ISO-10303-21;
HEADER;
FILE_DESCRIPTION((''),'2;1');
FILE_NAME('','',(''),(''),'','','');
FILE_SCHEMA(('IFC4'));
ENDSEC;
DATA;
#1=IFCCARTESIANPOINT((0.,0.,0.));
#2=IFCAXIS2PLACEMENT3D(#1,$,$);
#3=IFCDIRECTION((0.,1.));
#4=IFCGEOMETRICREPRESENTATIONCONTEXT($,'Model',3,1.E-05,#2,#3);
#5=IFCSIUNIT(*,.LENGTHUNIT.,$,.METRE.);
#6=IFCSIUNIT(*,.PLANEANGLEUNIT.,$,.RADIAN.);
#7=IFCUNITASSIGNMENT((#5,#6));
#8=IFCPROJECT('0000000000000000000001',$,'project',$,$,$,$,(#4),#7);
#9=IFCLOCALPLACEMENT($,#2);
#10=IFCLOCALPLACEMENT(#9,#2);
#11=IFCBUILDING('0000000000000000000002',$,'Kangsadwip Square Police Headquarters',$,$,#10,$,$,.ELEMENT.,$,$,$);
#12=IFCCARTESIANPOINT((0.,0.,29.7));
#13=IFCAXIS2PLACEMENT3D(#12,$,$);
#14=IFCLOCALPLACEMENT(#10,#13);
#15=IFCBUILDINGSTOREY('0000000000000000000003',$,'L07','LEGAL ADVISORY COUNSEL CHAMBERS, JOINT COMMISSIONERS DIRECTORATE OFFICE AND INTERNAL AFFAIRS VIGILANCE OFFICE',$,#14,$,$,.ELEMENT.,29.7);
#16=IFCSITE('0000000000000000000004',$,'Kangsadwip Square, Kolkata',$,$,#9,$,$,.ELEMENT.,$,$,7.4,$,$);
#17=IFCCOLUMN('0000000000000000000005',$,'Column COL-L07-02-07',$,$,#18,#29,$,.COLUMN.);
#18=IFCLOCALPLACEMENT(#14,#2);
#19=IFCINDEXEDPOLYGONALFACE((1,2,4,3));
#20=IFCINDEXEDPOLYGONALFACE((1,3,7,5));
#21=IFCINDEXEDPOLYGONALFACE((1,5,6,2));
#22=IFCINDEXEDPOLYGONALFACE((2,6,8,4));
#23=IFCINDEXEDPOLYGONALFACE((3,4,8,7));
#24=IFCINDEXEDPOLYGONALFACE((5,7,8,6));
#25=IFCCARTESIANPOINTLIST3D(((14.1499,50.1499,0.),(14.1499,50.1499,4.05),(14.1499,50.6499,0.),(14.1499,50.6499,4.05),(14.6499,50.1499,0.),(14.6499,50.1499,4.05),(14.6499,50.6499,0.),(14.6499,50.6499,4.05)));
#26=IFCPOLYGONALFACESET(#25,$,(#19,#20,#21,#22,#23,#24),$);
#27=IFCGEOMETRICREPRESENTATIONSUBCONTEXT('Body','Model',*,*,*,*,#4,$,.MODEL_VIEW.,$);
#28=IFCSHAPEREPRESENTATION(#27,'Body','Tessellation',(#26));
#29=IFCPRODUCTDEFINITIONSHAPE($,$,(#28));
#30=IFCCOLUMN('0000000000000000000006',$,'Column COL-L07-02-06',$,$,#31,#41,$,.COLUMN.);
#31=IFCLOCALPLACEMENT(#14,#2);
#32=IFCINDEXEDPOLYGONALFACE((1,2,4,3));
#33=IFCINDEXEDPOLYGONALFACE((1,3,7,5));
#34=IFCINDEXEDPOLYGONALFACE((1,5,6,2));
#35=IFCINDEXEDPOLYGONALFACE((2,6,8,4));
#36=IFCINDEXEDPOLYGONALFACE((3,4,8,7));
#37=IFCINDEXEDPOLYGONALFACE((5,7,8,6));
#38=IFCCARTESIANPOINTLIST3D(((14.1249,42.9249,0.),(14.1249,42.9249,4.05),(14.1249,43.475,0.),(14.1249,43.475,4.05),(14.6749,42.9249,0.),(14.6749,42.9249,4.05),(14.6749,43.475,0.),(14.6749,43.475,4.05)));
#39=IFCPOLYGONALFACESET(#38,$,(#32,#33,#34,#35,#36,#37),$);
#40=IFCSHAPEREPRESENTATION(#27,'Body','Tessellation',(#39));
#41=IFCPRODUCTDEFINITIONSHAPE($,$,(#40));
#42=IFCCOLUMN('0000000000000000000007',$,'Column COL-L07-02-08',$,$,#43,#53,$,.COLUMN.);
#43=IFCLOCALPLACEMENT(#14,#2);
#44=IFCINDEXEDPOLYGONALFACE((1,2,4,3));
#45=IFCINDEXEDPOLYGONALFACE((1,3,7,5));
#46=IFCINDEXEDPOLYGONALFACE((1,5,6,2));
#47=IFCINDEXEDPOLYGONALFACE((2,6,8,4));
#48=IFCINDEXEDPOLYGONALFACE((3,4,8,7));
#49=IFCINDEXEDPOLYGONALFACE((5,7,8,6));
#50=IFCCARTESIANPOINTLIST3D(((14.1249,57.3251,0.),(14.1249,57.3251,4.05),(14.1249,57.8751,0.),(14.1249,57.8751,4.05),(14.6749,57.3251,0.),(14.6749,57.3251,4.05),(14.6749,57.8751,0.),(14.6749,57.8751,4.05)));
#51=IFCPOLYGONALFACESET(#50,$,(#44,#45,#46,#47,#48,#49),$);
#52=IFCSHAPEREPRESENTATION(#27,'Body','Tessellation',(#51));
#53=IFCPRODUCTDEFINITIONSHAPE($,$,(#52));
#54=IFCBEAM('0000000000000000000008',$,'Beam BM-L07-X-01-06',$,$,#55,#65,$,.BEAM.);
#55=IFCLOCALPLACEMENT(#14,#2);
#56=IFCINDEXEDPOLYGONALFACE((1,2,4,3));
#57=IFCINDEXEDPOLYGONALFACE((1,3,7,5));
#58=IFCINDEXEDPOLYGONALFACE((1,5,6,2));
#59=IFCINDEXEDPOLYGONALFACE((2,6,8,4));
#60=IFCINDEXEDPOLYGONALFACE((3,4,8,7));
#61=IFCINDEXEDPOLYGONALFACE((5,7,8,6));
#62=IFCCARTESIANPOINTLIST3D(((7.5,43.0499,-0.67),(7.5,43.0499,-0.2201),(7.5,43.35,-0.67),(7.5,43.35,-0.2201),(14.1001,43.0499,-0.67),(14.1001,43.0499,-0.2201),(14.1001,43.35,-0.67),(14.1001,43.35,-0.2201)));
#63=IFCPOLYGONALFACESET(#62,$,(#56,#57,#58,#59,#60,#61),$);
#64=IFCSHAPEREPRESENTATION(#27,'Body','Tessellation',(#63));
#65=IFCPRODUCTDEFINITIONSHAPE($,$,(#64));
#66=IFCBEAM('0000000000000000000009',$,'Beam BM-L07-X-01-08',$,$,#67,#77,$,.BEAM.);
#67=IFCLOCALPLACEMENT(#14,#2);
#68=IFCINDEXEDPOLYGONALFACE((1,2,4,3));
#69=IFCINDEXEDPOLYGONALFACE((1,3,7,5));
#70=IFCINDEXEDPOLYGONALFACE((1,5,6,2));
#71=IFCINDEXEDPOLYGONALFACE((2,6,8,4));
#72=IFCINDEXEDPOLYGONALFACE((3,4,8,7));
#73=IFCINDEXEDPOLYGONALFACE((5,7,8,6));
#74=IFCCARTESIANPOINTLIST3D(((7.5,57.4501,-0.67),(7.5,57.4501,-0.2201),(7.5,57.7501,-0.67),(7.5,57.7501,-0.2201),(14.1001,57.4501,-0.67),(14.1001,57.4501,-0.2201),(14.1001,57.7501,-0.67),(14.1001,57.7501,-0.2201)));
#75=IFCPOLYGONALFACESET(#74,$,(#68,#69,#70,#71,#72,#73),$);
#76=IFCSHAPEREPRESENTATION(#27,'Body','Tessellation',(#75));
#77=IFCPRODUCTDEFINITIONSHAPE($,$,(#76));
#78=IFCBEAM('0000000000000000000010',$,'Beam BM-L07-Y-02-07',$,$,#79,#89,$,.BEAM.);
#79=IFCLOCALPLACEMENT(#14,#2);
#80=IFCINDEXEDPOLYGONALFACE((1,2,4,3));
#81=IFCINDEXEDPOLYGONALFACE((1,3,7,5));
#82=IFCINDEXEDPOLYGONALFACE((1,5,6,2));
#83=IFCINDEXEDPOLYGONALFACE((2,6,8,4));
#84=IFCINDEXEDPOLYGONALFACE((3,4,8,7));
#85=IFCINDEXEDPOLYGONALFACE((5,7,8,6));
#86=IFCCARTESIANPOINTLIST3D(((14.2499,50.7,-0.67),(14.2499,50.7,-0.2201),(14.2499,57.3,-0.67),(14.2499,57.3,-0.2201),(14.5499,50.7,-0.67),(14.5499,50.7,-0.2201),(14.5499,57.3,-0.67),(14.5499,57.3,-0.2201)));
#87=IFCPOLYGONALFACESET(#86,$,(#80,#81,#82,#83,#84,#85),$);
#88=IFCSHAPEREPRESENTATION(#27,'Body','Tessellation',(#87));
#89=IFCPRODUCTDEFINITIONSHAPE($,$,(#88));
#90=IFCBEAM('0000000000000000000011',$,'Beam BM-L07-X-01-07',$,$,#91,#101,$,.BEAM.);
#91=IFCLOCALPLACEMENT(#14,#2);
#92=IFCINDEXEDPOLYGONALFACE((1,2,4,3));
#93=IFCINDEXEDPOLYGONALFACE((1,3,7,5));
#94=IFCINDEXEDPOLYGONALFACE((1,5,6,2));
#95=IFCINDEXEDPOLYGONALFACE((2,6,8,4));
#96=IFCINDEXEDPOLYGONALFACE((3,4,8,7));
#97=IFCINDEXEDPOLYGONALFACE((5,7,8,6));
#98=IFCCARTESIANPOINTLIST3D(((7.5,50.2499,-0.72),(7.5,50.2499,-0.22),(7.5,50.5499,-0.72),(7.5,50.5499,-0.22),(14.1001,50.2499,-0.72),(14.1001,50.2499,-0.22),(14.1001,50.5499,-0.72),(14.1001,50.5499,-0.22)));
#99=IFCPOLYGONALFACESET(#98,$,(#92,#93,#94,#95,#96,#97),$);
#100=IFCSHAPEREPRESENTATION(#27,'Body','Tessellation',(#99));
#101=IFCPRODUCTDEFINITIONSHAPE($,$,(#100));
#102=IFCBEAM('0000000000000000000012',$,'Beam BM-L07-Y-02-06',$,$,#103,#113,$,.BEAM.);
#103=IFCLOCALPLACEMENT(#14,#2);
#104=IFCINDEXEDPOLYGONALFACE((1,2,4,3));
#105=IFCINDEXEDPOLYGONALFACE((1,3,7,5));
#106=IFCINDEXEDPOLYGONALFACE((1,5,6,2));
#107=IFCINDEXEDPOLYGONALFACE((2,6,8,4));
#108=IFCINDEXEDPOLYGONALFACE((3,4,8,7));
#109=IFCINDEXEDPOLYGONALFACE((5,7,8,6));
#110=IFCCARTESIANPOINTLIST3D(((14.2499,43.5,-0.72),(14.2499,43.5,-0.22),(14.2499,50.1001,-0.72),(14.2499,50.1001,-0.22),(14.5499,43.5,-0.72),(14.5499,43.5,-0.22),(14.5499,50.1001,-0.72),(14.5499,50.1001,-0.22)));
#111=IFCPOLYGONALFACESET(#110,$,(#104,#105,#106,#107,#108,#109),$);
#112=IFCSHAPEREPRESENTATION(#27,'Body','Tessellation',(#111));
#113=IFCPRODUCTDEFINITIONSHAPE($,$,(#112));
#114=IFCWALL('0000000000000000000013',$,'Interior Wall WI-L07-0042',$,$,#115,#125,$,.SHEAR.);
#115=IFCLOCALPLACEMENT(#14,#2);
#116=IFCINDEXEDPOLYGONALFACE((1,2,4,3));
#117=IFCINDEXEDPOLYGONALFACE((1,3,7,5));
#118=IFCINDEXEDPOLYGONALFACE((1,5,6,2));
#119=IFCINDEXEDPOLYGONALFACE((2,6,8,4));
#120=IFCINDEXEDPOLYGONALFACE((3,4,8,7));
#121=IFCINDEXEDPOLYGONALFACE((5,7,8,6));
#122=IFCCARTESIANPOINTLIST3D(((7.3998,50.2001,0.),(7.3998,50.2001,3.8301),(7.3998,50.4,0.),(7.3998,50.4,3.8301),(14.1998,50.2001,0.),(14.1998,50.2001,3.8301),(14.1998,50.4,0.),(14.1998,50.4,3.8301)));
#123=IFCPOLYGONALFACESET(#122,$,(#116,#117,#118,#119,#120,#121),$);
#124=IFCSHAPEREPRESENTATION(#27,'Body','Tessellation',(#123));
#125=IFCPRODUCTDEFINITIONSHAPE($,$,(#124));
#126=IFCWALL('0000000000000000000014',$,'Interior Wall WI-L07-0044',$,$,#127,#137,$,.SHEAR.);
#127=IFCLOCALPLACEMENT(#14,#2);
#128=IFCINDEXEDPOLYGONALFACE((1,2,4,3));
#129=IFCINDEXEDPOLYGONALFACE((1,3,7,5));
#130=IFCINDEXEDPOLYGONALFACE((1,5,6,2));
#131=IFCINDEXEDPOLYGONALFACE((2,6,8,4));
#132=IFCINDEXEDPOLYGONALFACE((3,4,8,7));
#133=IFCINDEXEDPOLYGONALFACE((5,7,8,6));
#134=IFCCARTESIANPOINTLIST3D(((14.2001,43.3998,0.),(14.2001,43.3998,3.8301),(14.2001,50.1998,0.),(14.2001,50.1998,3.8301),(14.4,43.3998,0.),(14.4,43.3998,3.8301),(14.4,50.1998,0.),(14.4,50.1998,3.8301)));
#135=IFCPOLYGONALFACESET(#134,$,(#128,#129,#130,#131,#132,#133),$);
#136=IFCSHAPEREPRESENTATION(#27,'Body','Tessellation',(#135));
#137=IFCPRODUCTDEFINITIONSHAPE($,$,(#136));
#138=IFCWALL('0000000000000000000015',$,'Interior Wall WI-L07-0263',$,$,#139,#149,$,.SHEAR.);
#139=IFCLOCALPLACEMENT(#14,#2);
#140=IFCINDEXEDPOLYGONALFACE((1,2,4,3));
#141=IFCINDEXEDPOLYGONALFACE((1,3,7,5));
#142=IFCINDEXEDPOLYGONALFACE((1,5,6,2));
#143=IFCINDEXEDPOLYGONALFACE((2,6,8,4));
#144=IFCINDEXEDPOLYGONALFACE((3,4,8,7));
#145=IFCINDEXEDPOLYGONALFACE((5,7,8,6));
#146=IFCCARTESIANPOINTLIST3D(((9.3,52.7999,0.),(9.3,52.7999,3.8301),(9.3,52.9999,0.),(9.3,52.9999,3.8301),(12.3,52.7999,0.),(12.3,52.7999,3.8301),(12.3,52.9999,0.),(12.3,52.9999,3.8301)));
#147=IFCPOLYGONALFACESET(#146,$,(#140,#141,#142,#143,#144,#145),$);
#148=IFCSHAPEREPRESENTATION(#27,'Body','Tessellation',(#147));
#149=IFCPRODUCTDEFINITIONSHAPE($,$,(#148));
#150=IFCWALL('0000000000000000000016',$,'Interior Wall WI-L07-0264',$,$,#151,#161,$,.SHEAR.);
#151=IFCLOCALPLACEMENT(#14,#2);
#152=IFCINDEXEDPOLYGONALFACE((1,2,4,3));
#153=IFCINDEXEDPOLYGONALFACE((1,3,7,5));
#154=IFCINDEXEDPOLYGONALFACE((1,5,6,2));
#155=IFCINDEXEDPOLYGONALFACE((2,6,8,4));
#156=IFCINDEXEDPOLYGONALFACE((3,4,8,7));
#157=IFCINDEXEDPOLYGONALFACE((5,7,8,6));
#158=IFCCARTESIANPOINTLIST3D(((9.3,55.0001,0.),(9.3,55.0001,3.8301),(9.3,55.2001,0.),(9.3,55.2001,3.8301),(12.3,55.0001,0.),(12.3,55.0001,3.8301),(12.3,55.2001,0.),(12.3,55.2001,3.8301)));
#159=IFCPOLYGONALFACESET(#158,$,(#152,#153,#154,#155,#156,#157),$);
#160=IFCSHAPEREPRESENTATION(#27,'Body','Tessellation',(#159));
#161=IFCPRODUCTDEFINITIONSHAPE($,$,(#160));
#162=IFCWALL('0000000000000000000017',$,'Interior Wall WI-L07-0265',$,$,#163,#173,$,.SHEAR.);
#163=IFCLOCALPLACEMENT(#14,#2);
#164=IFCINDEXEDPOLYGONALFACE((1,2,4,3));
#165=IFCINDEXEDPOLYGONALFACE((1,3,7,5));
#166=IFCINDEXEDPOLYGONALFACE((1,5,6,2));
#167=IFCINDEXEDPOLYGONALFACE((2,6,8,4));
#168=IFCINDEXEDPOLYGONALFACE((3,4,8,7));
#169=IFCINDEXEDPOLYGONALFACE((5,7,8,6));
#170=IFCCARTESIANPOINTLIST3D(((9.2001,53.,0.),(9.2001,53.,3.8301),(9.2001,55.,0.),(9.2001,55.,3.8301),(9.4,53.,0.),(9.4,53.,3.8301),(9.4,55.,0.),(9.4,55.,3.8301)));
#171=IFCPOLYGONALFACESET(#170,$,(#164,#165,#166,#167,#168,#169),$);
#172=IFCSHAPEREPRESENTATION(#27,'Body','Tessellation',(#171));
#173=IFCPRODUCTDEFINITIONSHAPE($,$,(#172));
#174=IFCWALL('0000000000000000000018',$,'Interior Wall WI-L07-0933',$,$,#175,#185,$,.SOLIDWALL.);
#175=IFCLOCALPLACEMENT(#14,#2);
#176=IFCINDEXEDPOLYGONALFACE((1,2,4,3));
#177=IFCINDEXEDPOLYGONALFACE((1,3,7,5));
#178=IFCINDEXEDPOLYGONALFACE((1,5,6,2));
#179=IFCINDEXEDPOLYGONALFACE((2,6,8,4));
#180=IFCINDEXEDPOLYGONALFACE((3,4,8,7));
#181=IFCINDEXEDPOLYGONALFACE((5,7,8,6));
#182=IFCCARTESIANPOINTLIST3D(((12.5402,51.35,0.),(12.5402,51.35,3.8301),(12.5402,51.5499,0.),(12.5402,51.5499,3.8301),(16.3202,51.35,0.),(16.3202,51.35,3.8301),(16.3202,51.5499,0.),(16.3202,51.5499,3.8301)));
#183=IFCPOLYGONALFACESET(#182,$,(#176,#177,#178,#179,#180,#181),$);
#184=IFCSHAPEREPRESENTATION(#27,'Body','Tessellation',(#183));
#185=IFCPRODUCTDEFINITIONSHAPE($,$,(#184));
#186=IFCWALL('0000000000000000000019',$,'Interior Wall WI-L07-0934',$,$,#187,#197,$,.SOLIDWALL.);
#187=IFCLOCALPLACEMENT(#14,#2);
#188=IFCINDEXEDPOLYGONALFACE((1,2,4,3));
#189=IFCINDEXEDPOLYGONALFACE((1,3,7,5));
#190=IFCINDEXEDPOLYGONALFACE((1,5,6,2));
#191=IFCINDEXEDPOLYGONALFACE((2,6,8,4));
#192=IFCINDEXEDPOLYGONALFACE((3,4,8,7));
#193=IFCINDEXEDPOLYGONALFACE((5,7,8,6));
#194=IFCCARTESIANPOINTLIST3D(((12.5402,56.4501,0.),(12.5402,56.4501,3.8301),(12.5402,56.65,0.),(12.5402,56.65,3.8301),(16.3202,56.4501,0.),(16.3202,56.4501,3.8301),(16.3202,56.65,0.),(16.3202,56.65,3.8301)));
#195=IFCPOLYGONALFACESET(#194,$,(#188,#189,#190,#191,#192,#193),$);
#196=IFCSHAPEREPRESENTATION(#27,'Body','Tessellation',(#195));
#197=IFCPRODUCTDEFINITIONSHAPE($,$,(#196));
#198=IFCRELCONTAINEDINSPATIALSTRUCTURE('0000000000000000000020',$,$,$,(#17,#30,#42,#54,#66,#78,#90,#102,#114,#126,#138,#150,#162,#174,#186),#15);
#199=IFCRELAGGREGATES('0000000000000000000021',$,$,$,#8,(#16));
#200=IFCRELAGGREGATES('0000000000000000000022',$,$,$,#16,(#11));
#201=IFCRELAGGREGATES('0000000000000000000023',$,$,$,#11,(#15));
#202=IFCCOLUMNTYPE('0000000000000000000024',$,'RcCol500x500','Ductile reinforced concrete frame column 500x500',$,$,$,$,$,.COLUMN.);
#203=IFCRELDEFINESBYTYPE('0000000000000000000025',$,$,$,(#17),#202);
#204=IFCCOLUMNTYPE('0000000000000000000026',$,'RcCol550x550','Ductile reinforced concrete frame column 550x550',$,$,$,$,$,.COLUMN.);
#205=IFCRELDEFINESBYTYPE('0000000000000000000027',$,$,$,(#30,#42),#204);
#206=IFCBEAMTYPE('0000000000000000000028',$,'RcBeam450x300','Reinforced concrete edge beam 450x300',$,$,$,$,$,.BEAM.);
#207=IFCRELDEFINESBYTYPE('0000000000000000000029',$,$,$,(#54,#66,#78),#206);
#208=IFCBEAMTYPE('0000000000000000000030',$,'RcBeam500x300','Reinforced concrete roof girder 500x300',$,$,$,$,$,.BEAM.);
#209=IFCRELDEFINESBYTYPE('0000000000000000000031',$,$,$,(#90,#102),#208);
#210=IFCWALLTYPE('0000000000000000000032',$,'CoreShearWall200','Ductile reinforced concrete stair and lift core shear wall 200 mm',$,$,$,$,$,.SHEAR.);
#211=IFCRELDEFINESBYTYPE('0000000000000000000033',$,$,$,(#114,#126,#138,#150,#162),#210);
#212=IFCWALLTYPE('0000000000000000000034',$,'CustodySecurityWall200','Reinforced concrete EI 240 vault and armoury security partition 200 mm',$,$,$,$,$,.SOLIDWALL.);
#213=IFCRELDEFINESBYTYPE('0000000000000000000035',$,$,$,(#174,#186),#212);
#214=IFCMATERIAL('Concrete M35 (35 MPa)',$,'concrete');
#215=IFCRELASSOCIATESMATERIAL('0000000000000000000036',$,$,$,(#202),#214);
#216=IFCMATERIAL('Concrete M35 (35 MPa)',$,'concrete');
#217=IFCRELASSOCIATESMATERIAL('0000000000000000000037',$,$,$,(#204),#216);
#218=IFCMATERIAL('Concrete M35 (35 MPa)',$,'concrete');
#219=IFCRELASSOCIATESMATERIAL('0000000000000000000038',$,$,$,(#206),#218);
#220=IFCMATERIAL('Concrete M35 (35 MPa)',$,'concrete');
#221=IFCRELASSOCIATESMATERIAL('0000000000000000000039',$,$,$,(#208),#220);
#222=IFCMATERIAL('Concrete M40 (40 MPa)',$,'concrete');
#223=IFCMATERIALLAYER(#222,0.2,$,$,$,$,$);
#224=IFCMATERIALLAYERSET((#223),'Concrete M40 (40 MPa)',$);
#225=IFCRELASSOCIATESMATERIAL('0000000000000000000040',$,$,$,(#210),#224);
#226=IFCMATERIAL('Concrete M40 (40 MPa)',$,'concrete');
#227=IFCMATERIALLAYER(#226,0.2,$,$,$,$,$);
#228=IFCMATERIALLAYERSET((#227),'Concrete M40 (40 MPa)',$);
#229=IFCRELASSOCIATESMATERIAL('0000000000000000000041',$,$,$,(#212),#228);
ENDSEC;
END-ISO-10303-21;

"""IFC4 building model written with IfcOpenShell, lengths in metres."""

from ifc_helpers import new_model, si_unit, direction, frame, frame_2d, origin, origin_2d, place, context, subcontext, project, spatial, rectangle, extrude, material, layer, layer_set, material_profile, profile_set, type_object, element, save


model = new_model("IFC4")

# Units and contexts
model_context = context("Model", 3, precision=1e-05, world=origin(), true_north=direction((0.0, 1.0)))
body_context = subcontext(model_context, "Body", "Model", "MODEL_VIEW")
ifc_project = project(units=[si_unit("LENGTHUNIT", "METRE"), si_unit("PLANEANGLEUNIT", "RADIAN")], contexts=[model_context])

# Site, building, storey
site_placement = place(None, origin())
site = spatial("IfcSite", under=ifc_project, at=site_placement, Name="Kangsadwip Square, Kolkata", CompositionType="ELEMENT", RefElevation=7.4)
building_placement = place(site_placement, origin())
building = spatial("IfcBuilding", under=site, at=building_placement, Name="Kangsadwip Square Police Headquarters", CompositionType="ELEMENT")
storey_placement = place(building_placement, frame((0.0, 0.0, 29.7)))
storey = spatial("IfcBuildingStorey", under=building, at=storey_placement, Name="L07", Description="LEGAL ADVISORY COUNSEL CHAMBERS, JOINT COMMISSIONERS DIRECTORATE OFFICE AND INTERNAL AFFAIRS VIGILANCE OFFICE", CompositionType="ELEMENT", Elevation=29.7)

# Columns
ifc_material_1 = material(Name="Concrete M35 (35 MPa)", Category="concrete")
ifc_material_profile_1 = material_profile(ifc_material_1, rectangle(XDim=0.5, YDim=0.5, at=origin_2d()), Name="RC COL 500X500")
ifc_profile_set_1 = profile_set([ifc_material_profile_1], Name="Concrete M35 (35 MPa)")
column_type_1 = type_object("IfcColumnType", Name="RcCol500x500", Description="Ductile reinforced concrete frame column 500x500", PredefinedType="COLUMN", material=ifc_profile_set_1)
column_placement = place(storey_placement, frame((14.3999, 50.3999, 0.0), z_axis=(0.0, 0.0, 1.0), x_axis=(1.0, 0.0, 0.0)))
element("IfcColumn", 1, at=column_placement, inside=storey, type_object=column_type_1, Name="Column COL-L07-02-07", PredefinedType="COLUMN", context=body_context, shape_type="SweptSolid", body=[
    extrude(rectangle(XDim=0.5, YDim=0.5, at=origin_2d()), origin(), (0.0, 0.0, 1.0), 4.05),
])
ifc_material_2 = material(Name="Concrete M35 (35 MPa)", Category="concrete")
ifc_material_profile_2 = material_profile(ifc_material_2, rectangle(XDim=0.55, YDim=0.55, at=origin_2d()), Name="RC COL 550X550")
ifc_profile_set_2 = profile_set([ifc_material_profile_2], Name="Concrete M35 (35 MPa)")
column_type_2 = type_object("IfcColumnType", Name="RcCol550x550", Description="Ductile reinforced concrete frame column 550x550", PredefinedType="COLUMN", material=ifc_profile_set_2)
for number, where, z_axis, x_axis, name in (
    (2, (14.3999, 43.2, 0.0), (0.0, 0.0, 1.0), (1.0, 0.0, 0.0), "Column COL-L07-02-06"),
    (3, (14.3999, 57.6001, 0.0), (0.0, 0.0, 1.0), (1.0, 0.0, 0.0), "Column COL-L07-02-08"),
):
    element("IfcColumn", number, at=place(storey_placement, frame(where, z_axis=z_axis, x_axis=x_axis)), inside=storey, type_object=column_type_2, Name=name, PredefinedType="COLUMN", context=body_context, shape_type="SweptSolid", body=[
        extrude(rectangle(XDim=0.55, YDim=0.55, at=origin_2d()), origin(), (0.0, 0.0, 1.0), 4.05),
    ])

# Beams
ifc_material_3 = material(Name="Concrete M35 (35 MPa)", Category="concrete")
ifc_material_profile_3 = material_profile(ifc_material_3, rectangle(XDim=0.3, YDim=0.45, at=origin_2d()), Name="RC BM 450X300")
ifc_profile_set_3 = profile_set([ifc_material_profile_3], Name="Concrete M35 (35 MPa)")
beam_type_1 = type_object("IfcBeamType", Name="RcBeam450x300", Description="Reinforced concrete edge beam 450x300", PredefinedType="BEAM", material=ifc_profile_set_3)
for number, where, z_axis, x_axis, name in (
    (4, (7.5, 43.2, -0.4451), (1.0, 0.0, 0.0), (0.0, 1.0, 0.0), "Beam BM-L07-X-01-06"),
    (5, (7.5, 57.6001, -0.4451), (1.0, 0.0, 0.0), (0.0, 1.0, 0.0), "Beam BM-L07-X-01-08"),
    (6, (14.3999, 50.7, -0.4451), (0.0, 1.0, 0.0), (-1.0, 0.0, 0.0), "Beam BM-L07-Y-02-07"),
):
    element("IfcBeam", number, at=place(storey_placement, frame(where, z_axis=z_axis, x_axis=x_axis)), inside=storey, type_object=beam_type_1, Name=name, PredefinedType="BEAM", context=body_context, shape_type="SweptSolid", body=[
        extrude(rectangle(XDim=0.3, YDim=0.45, at=origin_2d()), origin(), (0.0, 0.0, 1.0), 6.6001),
    ])
ifc_material_4 = material(Name="Concrete M35 (35 MPa)", Category="concrete")
ifc_material_profile_4 = material_profile(ifc_material_4, rectangle(XDim=0.3, YDim=0.5, at=origin_2d()), Name="RC BM 500X300")
ifc_profile_set_4 = profile_set([ifc_material_profile_4], Name="Concrete M35 (35 MPa)")
beam_type_2 = type_object("IfcBeamType", Name="RcBeam500x300", Description="Reinforced concrete roof girder 500x300", PredefinedType="BEAM", material=ifc_profile_set_4)
for number, where, z_axis, x_axis, name in (
    (7, (7.5, 50.3999, -0.47), (1.0, 0.0, 0.0), (0.0, 1.0, 0.0), "Beam BM-L07-X-01-07"),
    (8, (14.3999, 43.5, -0.47), (0.0, 1.0, 0.0), (-1.0, 0.0, 0.0), "Beam BM-L07-Y-02-06"),
):
    element("IfcBeam", number, at=place(storey_placement, frame(where, z_axis=z_axis, x_axis=x_axis)), inside=storey, type_object=beam_type_2, Name=name, PredefinedType="BEAM", context=body_context, shape_type="SweptSolid", body=[
        extrude(rectangle(XDim=0.3, YDim=0.5, at=origin_2d()), origin(), (0.0, 0.0, 1.0), 6.6001),
    ])

# Walls
ifc_material_5 = material(Name="Concrete M40 (40 MPa)", Category="concrete")
ifc_layer_1 = layer(ifc_material_5, 0.2)
ifc_layer_set_1 = layer_set([ifc_layer_1], Name="Concrete M40 (40 MPa)")
wall_type_1 = type_object("IfcWallType", Name="CoreShearWall200", Description="Ductile reinforced concrete stair and lift core shear wall 200 mm", PredefinedType="SHEAR", material=ifc_layer_set_1)
for number, where, z_axis, x_axis, name in (
    (9, (7.3999, 50.3, 0.0), (0.0, 0.0, 1.0), (1.0, 0.0, 0.0), "Interior Wall WI-L07-0042"),
    (10, (14.3, 43.3999, 0.0), (0.0, 0.0, 1.0), (0.0, 1.0, 0.0), "Interior Wall WI-L07-0044"),
):
    element("IfcWall", number, at=place(storey_placement, frame(where, z_axis=z_axis, x_axis=x_axis)), inside=storey, type_object=wall_type_1, Name=name, PredefinedType="SHEAR", context=body_context, shape_type="SweptSolid", body=[
        extrude(rectangle(XDim=6.8, YDim=0.2, at=frame_2d((3.3999, 0.0))), origin(), (0.0, 0.0, 1.0), 3.8301),
    ])
for number, where, z_axis, x_axis, name in (
    (11, (9.3, 52.8999, 0.0), (0.0, 0.0, 1.0), (1.0, 0.0, 0.0), "Interior Wall WI-L07-0263"),
    (12, (9.3, 55.1001, 0.0), (0.0, 0.0, 1.0), (1.0, 0.0, 0.0), "Interior Wall WI-L07-0264"),
):
    element("IfcWall", number, at=place(storey_placement, frame(where, z_axis=z_axis, x_axis=x_axis)), inside=storey, type_object=wall_type_1, Name=name, PredefinedType="SHEAR", context=body_context, shape_type="SweptSolid", body=[
        extrude(rectangle(XDim=3.0, YDim=0.2, at=frame_2d((1.5, 0.0))), origin(), (0.0, 0.0, 1.0), 3.8301),
    ])
wall_1_placement = place(storey_placement, frame((9.3, 53.0, 0.0), z_axis=(0.0, 0.0, 1.0), x_axis=(0.0, 1.0, 0.0)))
element("IfcWall", 13, at=wall_1_placement, inside=storey, type_object=wall_type_1, Name="Interior Wall WI-L07-0265", PredefinedType="SHEAR", context=body_context, shape_type="SweptSolid", body=[
    extrude(rectangle(XDim=2.0, YDim=0.2, at=frame_2d((1.0, 0.0))), origin(), (0.0, 0.0, 1.0), 3.8301),
])

# Walls
ifc_material_6 = material(Name="Concrete M40 (40 MPa)", Category="concrete")
ifc_layer_2 = layer(ifc_material_6, 0.2)
ifc_layer_set_2 = layer_set([ifc_layer_2], Name="Concrete M40 (40 MPa)")
wall_type_2 = type_object("IfcWallType", Name="CustodySecurityWall200", Description="Reinforced concrete EI 240 vault and armoury security partition 200 mm", PredefinedType="SOLIDWALL", material=ifc_layer_set_2)
for number, where, z_axis, x_axis, name in (
    (14, (12.54, 51.45, 0.0), (0.0, 0.0, 1.0), (1.0, 0.0, 0.0), "Interior Wall WI-L07-0933"),
    (15, (12.54, 56.55, 0.0), (0.0, 0.0, 1.0), (1.0, 0.0, 0.0), "Interior Wall WI-L07-0934"),
):
    element("IfcWall", number, at=place(storey_placement, frame(where, z_axis=z_axis, x_axis=x_axis)), inside=storey, type_object=wall_type_2, Name=name, PredefinedType="SOLIDWALL", context=body_context, shape_type="SweptSolid", body=[
        extrude(rectangle(XDim=3.78, YDim=0.2, at=frame_2d((1.8901, 0.0))), origin(), (0.0, 0.0, 1.0), 3.8301),
    ])

save(model, "model.ifc")
